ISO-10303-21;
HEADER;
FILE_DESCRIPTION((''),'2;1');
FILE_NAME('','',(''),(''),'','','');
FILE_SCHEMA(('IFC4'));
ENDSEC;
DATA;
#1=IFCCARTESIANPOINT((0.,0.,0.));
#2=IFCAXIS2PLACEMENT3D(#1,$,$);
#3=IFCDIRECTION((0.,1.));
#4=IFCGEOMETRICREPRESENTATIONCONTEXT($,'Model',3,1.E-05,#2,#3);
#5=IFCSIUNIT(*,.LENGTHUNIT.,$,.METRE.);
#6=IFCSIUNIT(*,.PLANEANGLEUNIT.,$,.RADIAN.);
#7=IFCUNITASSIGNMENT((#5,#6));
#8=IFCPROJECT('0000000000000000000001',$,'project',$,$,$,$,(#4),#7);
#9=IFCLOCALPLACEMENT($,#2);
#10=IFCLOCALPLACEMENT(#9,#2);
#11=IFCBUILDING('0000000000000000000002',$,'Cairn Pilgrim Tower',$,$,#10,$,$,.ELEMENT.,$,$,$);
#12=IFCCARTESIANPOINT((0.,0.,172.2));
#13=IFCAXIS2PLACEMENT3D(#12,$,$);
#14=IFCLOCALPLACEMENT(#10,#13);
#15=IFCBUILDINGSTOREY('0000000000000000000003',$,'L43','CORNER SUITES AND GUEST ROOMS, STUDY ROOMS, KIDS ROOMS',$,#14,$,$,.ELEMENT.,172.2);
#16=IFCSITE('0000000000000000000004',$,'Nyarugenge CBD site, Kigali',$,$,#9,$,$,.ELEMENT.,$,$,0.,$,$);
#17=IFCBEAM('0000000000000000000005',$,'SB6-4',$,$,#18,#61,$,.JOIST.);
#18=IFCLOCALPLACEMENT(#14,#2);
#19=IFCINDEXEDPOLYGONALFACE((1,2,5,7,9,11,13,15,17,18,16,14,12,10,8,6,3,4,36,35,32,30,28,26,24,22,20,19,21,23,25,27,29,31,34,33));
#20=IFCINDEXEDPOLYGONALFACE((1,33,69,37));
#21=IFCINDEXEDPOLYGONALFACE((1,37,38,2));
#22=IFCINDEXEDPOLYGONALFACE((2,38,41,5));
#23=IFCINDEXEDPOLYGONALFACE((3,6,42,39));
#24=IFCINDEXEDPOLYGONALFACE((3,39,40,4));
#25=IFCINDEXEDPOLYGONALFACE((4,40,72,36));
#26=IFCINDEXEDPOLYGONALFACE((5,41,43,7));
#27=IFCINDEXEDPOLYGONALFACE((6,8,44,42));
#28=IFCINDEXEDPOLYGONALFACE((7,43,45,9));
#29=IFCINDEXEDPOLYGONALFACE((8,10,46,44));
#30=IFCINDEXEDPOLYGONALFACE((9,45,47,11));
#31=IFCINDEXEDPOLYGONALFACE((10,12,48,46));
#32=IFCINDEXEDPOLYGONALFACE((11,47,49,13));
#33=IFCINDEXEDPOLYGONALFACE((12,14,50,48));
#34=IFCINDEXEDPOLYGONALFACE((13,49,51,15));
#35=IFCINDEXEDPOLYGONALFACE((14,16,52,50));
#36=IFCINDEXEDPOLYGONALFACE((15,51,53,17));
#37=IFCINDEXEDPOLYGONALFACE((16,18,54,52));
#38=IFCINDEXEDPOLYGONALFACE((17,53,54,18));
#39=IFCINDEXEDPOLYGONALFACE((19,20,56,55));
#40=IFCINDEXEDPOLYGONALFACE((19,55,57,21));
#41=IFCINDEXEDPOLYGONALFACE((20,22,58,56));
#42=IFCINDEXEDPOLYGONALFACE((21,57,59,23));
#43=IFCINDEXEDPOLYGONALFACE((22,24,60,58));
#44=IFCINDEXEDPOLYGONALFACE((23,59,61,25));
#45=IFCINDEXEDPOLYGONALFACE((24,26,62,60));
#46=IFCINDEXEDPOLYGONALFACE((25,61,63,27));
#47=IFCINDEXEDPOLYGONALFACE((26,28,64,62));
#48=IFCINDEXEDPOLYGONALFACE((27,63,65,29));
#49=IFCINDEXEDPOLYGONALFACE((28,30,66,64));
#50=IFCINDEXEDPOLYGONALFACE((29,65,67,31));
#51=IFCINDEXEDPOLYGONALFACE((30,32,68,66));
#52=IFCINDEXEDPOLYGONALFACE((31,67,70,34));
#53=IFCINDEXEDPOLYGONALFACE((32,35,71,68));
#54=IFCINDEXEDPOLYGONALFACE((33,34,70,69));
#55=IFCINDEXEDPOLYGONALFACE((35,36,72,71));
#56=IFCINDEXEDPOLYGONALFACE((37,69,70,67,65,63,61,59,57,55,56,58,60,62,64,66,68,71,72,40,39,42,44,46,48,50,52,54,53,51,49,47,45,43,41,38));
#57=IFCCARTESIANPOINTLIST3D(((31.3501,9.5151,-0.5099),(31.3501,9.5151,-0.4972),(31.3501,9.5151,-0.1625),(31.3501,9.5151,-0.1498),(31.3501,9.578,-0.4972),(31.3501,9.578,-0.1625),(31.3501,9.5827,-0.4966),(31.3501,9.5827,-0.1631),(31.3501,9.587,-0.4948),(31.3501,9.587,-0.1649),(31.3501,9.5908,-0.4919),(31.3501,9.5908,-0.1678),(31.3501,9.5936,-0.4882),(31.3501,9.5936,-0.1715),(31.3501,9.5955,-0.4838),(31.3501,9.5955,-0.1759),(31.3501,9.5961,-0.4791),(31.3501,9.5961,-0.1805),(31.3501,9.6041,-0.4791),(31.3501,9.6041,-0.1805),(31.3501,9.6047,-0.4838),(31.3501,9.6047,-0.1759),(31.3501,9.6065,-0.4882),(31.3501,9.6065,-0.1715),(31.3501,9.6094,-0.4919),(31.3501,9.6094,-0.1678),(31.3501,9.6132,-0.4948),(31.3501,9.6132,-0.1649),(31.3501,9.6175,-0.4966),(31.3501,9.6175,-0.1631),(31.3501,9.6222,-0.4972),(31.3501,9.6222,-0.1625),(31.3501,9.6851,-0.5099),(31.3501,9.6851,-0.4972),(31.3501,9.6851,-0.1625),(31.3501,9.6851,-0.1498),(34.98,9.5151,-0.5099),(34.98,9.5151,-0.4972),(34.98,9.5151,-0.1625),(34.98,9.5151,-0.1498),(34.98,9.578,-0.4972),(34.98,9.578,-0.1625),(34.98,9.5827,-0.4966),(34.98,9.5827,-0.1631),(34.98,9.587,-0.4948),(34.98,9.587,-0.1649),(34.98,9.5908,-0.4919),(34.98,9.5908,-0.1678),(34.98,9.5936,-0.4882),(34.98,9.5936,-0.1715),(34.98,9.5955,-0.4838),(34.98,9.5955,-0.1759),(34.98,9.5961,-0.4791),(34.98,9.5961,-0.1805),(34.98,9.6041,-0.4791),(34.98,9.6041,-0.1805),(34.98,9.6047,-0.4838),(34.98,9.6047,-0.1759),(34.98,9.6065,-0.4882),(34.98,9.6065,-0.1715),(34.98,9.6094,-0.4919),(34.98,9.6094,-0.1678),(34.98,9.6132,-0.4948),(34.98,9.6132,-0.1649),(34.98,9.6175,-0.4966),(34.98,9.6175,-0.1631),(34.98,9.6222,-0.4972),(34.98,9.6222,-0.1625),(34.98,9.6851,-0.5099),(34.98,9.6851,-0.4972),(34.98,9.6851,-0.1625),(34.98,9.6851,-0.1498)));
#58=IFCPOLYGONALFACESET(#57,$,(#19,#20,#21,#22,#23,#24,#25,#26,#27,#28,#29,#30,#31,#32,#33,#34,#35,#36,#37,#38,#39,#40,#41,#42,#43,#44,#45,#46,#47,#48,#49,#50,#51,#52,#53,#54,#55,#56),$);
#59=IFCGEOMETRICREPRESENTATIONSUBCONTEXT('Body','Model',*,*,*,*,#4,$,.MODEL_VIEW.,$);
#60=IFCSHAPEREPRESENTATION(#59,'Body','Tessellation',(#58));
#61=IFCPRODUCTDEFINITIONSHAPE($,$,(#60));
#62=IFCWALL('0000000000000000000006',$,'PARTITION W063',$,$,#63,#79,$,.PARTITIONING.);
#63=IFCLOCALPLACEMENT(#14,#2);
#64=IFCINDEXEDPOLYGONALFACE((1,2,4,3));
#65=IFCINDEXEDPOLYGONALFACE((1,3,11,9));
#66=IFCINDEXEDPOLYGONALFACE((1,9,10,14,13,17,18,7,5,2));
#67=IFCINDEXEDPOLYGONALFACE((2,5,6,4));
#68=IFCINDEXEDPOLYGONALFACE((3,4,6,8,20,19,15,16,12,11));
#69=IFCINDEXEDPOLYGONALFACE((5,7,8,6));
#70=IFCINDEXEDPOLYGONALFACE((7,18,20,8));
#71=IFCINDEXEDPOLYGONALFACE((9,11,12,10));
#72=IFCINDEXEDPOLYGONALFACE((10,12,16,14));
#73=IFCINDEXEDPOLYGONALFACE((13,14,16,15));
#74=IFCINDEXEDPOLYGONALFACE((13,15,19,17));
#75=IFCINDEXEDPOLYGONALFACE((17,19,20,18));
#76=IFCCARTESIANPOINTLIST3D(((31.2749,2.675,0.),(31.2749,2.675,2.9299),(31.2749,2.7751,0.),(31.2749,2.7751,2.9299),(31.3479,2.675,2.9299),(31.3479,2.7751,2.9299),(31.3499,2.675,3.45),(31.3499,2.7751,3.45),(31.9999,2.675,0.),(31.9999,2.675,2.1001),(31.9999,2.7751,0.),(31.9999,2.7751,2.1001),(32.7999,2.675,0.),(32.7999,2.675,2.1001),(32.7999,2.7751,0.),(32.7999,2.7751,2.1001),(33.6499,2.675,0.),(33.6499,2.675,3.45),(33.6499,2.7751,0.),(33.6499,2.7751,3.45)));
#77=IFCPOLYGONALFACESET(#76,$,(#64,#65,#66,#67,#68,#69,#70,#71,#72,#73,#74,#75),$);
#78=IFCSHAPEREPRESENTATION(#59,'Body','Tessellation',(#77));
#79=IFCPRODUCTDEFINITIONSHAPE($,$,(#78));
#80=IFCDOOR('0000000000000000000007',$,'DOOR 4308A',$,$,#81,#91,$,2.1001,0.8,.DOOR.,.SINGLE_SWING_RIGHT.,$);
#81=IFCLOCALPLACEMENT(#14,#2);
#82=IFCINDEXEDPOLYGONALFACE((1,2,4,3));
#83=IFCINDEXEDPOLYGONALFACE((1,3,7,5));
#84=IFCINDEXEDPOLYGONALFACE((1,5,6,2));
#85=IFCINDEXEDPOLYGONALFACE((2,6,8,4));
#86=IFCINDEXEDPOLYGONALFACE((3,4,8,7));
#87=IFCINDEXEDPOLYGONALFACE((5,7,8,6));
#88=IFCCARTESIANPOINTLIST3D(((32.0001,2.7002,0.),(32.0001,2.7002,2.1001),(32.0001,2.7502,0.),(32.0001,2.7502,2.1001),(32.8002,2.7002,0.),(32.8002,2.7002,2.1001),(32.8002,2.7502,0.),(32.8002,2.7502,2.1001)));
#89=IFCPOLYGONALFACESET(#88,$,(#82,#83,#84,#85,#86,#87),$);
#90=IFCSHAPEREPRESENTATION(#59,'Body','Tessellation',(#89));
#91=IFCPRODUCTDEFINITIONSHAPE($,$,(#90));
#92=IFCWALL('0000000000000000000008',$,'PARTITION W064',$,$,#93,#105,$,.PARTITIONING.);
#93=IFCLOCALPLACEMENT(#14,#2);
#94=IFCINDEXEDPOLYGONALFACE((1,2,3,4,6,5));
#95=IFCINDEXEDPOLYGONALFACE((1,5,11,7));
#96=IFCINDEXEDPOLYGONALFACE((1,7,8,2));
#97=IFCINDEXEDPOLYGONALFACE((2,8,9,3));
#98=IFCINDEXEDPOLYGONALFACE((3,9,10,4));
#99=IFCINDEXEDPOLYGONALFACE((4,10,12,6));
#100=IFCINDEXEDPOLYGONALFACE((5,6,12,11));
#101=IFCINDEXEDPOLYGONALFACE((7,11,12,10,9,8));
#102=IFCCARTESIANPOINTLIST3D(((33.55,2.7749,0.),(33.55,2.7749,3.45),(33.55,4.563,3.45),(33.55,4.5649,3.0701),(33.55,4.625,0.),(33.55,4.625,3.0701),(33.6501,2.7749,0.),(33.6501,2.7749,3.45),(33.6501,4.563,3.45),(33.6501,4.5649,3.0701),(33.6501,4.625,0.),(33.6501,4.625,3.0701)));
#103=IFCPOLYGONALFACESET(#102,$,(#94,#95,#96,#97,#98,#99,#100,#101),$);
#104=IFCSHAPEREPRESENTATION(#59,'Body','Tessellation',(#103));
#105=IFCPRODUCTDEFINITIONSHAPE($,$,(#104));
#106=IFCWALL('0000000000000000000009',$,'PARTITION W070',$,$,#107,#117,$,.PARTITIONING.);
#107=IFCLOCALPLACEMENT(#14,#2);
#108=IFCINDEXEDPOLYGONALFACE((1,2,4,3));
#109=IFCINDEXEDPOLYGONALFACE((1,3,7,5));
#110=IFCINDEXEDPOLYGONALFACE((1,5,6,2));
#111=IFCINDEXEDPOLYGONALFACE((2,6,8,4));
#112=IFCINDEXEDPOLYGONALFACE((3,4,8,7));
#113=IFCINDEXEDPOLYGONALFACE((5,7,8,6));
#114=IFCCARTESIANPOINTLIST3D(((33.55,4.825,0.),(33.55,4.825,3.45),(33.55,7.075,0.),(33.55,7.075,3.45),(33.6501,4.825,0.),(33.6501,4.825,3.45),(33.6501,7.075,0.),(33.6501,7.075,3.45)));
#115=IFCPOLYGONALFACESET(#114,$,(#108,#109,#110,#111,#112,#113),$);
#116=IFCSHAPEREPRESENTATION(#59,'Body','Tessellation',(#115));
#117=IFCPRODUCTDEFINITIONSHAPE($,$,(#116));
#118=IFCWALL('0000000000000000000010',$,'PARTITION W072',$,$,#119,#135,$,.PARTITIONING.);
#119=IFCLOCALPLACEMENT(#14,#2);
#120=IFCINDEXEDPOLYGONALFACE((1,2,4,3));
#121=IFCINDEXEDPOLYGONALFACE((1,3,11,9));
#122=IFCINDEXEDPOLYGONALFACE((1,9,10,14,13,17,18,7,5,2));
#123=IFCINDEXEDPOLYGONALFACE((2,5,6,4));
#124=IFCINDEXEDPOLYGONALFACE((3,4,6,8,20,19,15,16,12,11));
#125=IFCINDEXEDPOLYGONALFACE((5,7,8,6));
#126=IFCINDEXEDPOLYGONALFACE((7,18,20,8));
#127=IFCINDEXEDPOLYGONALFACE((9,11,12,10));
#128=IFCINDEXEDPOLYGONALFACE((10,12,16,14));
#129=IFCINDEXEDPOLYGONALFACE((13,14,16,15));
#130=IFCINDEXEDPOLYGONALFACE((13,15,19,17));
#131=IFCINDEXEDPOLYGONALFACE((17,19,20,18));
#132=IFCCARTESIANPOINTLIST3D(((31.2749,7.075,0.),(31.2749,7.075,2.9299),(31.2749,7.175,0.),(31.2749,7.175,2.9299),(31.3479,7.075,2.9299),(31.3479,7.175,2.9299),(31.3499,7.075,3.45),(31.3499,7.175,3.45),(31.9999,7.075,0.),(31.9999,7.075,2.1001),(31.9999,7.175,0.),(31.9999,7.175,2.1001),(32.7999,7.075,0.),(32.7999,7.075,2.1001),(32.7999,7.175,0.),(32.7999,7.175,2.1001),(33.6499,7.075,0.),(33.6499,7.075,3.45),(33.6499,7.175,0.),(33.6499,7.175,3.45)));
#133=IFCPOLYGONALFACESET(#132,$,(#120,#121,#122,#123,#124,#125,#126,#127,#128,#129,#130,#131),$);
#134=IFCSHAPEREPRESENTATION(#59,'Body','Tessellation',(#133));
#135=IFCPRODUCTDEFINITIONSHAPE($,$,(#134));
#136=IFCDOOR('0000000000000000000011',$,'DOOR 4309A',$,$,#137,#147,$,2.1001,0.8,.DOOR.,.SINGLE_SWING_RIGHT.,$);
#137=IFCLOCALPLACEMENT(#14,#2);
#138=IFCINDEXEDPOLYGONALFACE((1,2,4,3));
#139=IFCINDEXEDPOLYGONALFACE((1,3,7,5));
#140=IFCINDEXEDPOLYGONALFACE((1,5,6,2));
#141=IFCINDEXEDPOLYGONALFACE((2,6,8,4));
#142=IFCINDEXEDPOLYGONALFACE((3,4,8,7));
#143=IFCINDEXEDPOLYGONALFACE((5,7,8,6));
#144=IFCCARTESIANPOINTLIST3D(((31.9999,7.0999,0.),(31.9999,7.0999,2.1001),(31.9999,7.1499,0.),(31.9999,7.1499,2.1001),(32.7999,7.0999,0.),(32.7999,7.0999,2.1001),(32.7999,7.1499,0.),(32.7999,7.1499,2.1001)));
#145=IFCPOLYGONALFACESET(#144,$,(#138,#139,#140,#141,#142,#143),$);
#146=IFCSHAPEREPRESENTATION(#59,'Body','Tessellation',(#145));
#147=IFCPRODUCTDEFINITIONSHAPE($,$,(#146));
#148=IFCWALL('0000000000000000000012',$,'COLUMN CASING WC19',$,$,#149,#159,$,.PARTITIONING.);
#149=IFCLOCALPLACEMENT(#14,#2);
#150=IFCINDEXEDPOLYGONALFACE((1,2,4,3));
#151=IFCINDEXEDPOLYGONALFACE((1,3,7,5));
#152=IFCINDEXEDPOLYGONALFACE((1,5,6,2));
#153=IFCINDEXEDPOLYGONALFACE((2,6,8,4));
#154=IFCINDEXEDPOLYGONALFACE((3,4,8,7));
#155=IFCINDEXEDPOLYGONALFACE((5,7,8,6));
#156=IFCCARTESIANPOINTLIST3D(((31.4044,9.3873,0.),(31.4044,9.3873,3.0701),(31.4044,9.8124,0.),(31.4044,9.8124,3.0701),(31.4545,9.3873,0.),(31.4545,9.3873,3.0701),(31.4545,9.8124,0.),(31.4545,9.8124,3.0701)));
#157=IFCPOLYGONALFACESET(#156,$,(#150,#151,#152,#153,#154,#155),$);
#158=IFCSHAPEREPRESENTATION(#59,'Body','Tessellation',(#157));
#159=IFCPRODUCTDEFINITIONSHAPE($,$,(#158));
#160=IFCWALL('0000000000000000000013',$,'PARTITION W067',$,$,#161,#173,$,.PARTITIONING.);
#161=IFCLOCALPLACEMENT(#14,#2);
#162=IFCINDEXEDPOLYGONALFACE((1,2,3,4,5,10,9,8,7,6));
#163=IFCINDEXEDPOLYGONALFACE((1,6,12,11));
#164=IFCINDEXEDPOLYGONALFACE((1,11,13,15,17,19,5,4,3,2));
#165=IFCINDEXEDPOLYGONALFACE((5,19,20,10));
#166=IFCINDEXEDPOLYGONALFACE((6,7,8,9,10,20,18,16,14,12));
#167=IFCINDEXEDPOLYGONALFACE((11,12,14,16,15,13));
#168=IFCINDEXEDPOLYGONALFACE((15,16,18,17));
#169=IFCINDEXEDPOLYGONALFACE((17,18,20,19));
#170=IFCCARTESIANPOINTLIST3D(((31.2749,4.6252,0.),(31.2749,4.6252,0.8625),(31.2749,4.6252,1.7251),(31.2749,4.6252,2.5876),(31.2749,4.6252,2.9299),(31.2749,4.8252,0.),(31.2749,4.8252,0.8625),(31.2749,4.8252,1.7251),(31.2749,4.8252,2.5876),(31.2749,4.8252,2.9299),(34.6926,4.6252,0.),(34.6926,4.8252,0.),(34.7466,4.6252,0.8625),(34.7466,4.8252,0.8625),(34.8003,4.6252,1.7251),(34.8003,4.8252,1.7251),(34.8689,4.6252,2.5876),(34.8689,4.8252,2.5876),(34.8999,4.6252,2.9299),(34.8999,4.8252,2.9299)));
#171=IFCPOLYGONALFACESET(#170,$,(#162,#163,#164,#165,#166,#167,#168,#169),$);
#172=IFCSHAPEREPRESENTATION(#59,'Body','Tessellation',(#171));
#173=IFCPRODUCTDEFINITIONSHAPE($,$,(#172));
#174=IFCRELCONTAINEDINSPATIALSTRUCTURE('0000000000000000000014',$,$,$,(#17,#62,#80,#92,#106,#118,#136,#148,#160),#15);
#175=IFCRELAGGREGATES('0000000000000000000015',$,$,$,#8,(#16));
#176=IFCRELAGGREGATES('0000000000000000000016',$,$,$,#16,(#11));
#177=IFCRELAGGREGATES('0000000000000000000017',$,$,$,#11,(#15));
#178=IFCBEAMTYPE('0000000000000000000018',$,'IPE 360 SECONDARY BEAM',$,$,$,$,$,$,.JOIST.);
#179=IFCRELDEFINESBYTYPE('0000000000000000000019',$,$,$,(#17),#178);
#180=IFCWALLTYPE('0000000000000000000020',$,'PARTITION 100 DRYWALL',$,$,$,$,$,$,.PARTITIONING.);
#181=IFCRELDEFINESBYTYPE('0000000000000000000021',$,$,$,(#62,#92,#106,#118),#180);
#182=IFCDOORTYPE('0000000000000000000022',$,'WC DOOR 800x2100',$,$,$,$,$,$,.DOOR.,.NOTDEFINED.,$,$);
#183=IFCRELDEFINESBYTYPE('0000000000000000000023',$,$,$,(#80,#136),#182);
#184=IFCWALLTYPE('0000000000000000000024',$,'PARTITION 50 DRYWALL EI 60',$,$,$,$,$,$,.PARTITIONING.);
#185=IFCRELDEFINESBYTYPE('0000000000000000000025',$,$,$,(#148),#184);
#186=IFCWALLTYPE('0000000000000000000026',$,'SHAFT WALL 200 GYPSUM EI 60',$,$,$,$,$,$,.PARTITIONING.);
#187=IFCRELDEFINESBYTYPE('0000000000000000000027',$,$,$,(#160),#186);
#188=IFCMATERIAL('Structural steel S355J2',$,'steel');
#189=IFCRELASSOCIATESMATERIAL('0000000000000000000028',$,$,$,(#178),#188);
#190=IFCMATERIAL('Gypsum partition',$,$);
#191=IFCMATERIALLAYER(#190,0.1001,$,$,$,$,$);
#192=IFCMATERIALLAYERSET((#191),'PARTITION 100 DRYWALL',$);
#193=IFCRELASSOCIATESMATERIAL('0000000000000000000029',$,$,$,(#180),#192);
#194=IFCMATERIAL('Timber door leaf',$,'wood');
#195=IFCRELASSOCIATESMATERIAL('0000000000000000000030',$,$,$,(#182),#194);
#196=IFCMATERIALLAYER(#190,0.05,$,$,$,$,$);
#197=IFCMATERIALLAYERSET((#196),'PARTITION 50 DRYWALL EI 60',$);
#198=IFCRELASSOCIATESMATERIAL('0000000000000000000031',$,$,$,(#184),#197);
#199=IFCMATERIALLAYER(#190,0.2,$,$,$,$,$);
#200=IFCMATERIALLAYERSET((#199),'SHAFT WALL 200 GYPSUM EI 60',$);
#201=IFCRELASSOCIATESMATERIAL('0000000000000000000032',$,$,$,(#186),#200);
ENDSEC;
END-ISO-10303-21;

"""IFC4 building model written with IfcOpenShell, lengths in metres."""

from ifc_helpers import new_model, si_unit, direction, frame, frame_2d, origin, origin_2d, place, context, subcontext, project, spatial, polyline, rectangle, i_section, outline, extrude, material, layer, layer_set, material_profile, profile_set, type_object, element, fill, save


model = new_model("IFC4")

# Units and contexts
model_context = context("Model", 3, precision=1e-05, world=origin(), true_north=direction((0.0, 1.0)))
body_context = subcontext(model_context, "Body", "Model", "MODEL_VIEW")
ifc_project = project(units=[si_unit("LENGTHUNIT", "METRE"), si_unit("PLANEANGLEUNIT", "RADIAN")], contexts=[model_context])

# Site, building, storey
site_placement = place(None, origin())
site = spatial("IfcSite", under=ifc_project, at=site_placement, Name="Nyarugenge CBD site, Kigali", CompositionType="ELEMENT", RefElevation=0.0)
building_placement = place(site_placement, origin())
building = spatial("IfcBuilding", under=site, at=building_placement, Name="Cairn Pilgrim Tower", CompositionType="ELEMENT")
storey_placement = place(building_placement, frame((0.0, 0.0, 172.2)))
storey = spatial("IfcBuildingStorey", under=building, at=storey_placement, Name="L43", Description="CORNER SUITES AND GUEST ROOMS, STUDY ROOMS, KIDS ROOMS", CompositionType="ELEMENT", Elevation=172.2)

# Beam
ifc_material_1 = material(Name="Structural steel S355J2", Category="steel")
ifc_material_profile_1 = material_profile(ifc_material_1, i_section(OverallWidth=0.1699, OverallDepth=0.3601, WebThickness=0.0081, FlangeThickness=0.0127, FilletRadius=0.0181, at=origin_2d()), Name="IPE 360")
ifc_profile_set_1 = profile_set([ifc_material_profile_1], Name="Structural steel S355J2")
beam_type_1 = type_object("IfcBeamType", Name="IPE 360 SECONDARY BEAM", PredefinedType="JOIST", material=ifc_profile_set_1)
for number, where, z_axis, x_axis, name in (
    (1, (31.3501, 9.6001, -0.3298), (1.0, 0.0, 0.0), (0.0, 1.0, 0.0), "SB6-4"),
):
    element("IfcBeam", number, at=place(storey_placement, frame(where, z_axis=z_axis, x_axis=x_axis)), inside=storey, type_object=beam_type_1, Name=name, PredefinedType="JOIST", context=body_context, shape_type="SweptSolid", body=[
        extrude(i_section(OverallWidth=0.1699, OverallDepth=0.3601, WebThickness=0.0081, FlangeThickness=0.0127, FilletRadius=0.0181, at=origin_2d()), origin(), (0.0, 0.0, 1.0), 3.6299),
    ])

# Wall, opening, door
ifc_material_2 = material(Name="Gypsum partition")
ifc_layer_1 = layer(ifc_material_2, 0.1001)
ifc_layer_set_1 = layer_set([ifc_layer_1], Name="PARTITION 100 DRYWALL")
wall_type_1 = type_object("IfcWallType", Name="PARTITION 100 DRYWALL", PredefinedType="PARTITIONING", material=ifc_layer_set_1)
wall_1_placement = place(storey_placement, frame((31.2749, 2.7251, 0.0), z_axis=(0.0, 0.0, 1.0), x_axis=(1.0, 0.0, 0.0)))
wall_1 = element("IfcWall", 2, at=wall_1_placement, inside=storey, type_object=wall_type_1, Name="PARTITION W063", PredefinedType="PARTITIONING", context=body_context, shape_type="SweptSolid", body=[
    extrude(outline(polyline([(0.0, 0.0), (2.375, 0.0), (2.375, 3.45), (0.075, 3.45), (0.073, 2.9299), (0.0, 2.9299), (0.0, 0.0)])), frame((0.0, 0.05, 0.0), z_axis=(0.0, -1.0, 0.0), x_axis=(1.0, 0.0, 0.0)), (0.0, 0.0, 1.0), 0.1001),
])
opening_1_placement = place(wall_1_placement, frame((0.7251, 0.0, 0.0)))
opening_1 = element("IfcOpeningElement", 3, at=opening_1_placement, cuts=wall_1, PredefinedType="OPENING", context=body_context, shape_type="SweptSolid", body=[
    extrude(rectangle(XDim=0.8, YDim=2.1001, at=frame_2d((0.3999, 1.05))), frame((0.0, 0.0601, 0.0), z_axis=(0.0, -1.0, 0.0), x_axis=(1.0, 0.0, 0.0)), (0.0, 0.0, 1.0), 0.1201),
])
ifc_material_3 = material(Name="Timber door leaf", Category="wood")
door_type_1 = type_object("IfcDoorType", Name="WC DOOR 800x2100", OperationType="NOTDEFINED", PredefinedType="DOOR", material=ifc_material_3)
door_1_placement = place(opening_1_placement, frame((0.8, 0.0, 0.0), z_axis=(0.0, 0.0, 1.0), x_axis=(-1.0, 0.0, 0.0)))
door_1 = element("IfcDoor", 4, at=door_1_placement, inside=storey, type_object=door_type_1, Name="DOOR 4308A", OperationType="SINGLE_SWING_RIGHT", OverallHeight=2.1001, OverallWidth=0.8, PredefinedType="DOOR", context=body_context, shape_type="SweptSolid", body=[
    extrude(rectangle(XDim=0.8, YDim=2.1001, at=frame_2d((0.3999, 1.05))), frame((0.0, 0.0249, 0.0), z_axis=(0.0, -1.0, 0.0), x_axis=(1.0, 0.0, 0.0)), (0.0, 0.0, 1.0), 0.05),
])
fill(opening_1, door_1)

# Walls
wall_2_placement = place(storey_placement, frame((33.6001, 2.7749, 0.0), z_axis=(0.0, 0.0, 1.0), x_axis=(0.0, 1.0, 0.0)))
element("IfcWall", 5, at=wall_2_placement, inside=storey, type_object=wall_type_1, Name="PARTITION W064", PredefinedType="PARTITIONING", context=body_context, shape_type="SweptSolid", body=[
    extrude(outline(polyline([(0.0, 0.0), (1.8501, 0.0), (1.8501, 3.0701), (1.79, 3.0701), (1.7881, 3.45), (0.0, 3.45), (0.0, 0.0)])), frame((0.0, 0.05, 0.0), z_axis=(0.0, -1.0, 0.0), x_axis=(1.0, 0.0, 0.0)), (0.0, 0.0, 1.0), 0.1001),
])
wall_3_placement = place(storey_placement, frame((33.6001, 4.825, 0.0), z_axis=(0.0, 0.0, 1.0), x_axis=(0.0, 1.0, 0.0)))
element("IfcWall", 6, at=wall_3_placement, inside=storey, type_object=wall_type_1, Name="PARTITION W070", PredefinedType="PARTITIONING", context=body_context, shape_type="SweptSolid", body=[
    extrude(rectangle(XDim=2.25, YDim=0.1001, at=frame_2d((1.125, 0.0))), origin(), (0.0, 0.0, 1.0), 3.45),
])

# Wall, opening, door
wall_4_placement = place(storey_placement, frame((31.2749, 7.125, 0.0), z_axis=(0.0, 0.0, 1.0), x_axis=(1.0, 0.0, 0.0)))
wall_4 = element("IfcWall", 7, at=wall_4_placement, inside=storey, type_object=wall_type_1, Name="PARTITION W072", PredefinedType="PARTITIONING", context=body_context, shape_type="SweptSolid", body=[
    extrude(outline(polyline([(0.0, 0.0), (2.375, 0.0), (2.375, 3.45), (0.075, 3.45), (0.073, 2.9299), (0.0, 2.9299), (0.0, 0.0)])), frame((0.0, 0.05, 0.0), z_axis=(0.0, -1.0, 0.0), x_axis=(1.0, 0.0, 0.0)), (0.0, 0.0, 1.0), 0.1001),
])
opening_2_placement = place(wall_4_placement, frame((0.7251, 0.0, 0.0)))
opening_2 = element("IfcOpeningElement", 8, at=opening_2_placement, cuts=wall_4, PredefinedType="OPENING", context=body_context, shape_type="SweptSolid", body=[
    extrude(rectangle(XDim=0.8, YDim=2.1001, at=frame_2d((0.3999, 1.05))), frame((0.0, 0.0601, 0.0), z_axis=(0.0, -1.0, 0.0), x_axis=(1.0, 0.0, 0.0)), (0.0, 0.0, 1.0), 0.1201),
])
door_2_placement = place(opening_2_placement, origin())
door_2 = element("IfcDoor", 9, at=door_2_placement, inside=storey, type_object=door_type_1, Name="DOOR 4309A", OperationType="SINGLE_SWING_RIGHT", OverallHeight=2.1001, OverallWidth=0.8, PredefinedType="DOOR", context=body_context, shape_type="SweptSolid", body=[
    extrude(rectangle(XDim=0.8, YDim=2.1001, at=frame_2d((0.3999, 1.05))), frame((0.0, 0.0249, 0.0), z_axis=(0.0, -1.0, 0.0), x_axis=(1.0, 0.0, 0.0)), (0.0, 0.0, 1.0), 0.05),
])
fill(opening_2, door_2)

# Walls
ifc_layer_2 = layer(ifc_material_2, 0.05)
ifc_layer_set_2 = layer_set([ifc_layer_2], Name="PARTITION 50 DRYWALL EI 60")
wall_type_2 = type_object("IfcWallType", Name="PARTITION 50 DRYWALL EI 60", PredefinedType="PARTITIONING", material=ifc_layer_set_2)
wall_5_placement = place(storey_placement, frame((31.4294, 9.3875, 0.0), z_axis=(0.0, 0.0, 1.0), x_axis=(0.0, 1.0, 0.0)))
element("IfcWall", 10, at=wall_5_placement, inside=storey, type_object=wall_type_2, Name="COLUMN CASING WC19", PredefinedType="PARTITIONING", context=body_context, shape_type="SweptSolid", body=[
    extrude(rectangle(XDim=0.425, YDim=0.05, at=frame_2d((0.2124, 0.0))), origin(), (0.0, 0.0, 1.0), 3.0701),
])
ifc_layer_3 = layer(ifc_material_2, 0.2)
ifc_layer_set_3 = layer_set([ifc_layer_3], Name="SHAFT WALL 200 GYPSUM EI 60")
wall_type_3 = type_object("IfcWallType", Name="SHAFT WALL 200 GYPSUM EI 60", PredefinedType="PARTITIONING", material=ifc_layer_set_3)
wall_6_placement = place(storey_placement, frame((31.2749, 4.7251, 0.0), z_axis=(0.0, 0.0, 1.0), x_axis=(1.0, 0.0, 0.0)))
element("IfcWall", 11, at=wall_6_placement, inside=storey, type_object=wall_type_3, Name="PARTITION W067", PredefinedType="PARTITIONING", context=body_context, shape_type="SweptSolid", body=[
    extrude(outline(polyline([(0.0, 0.0), (3.4177, 0.0), (3.4717, 0.8625), (3.5254, 1.7251), (3.594, 2.5876), (3.625, 2.9299), (0.0, 2.9299), (0.0, 2.5876), (0.0, 1.7251), (0.0, 0.8625), (0.0, 0.0)])), frame((0.0, 0.1001, 0.0), z_axis=(0.0, -1.0, 0.0), x_axis=(1.0, 0.0, 0.0)), (0.0, 0.0, 1.0), 0.2),
])

save(model, "model.ifc")
